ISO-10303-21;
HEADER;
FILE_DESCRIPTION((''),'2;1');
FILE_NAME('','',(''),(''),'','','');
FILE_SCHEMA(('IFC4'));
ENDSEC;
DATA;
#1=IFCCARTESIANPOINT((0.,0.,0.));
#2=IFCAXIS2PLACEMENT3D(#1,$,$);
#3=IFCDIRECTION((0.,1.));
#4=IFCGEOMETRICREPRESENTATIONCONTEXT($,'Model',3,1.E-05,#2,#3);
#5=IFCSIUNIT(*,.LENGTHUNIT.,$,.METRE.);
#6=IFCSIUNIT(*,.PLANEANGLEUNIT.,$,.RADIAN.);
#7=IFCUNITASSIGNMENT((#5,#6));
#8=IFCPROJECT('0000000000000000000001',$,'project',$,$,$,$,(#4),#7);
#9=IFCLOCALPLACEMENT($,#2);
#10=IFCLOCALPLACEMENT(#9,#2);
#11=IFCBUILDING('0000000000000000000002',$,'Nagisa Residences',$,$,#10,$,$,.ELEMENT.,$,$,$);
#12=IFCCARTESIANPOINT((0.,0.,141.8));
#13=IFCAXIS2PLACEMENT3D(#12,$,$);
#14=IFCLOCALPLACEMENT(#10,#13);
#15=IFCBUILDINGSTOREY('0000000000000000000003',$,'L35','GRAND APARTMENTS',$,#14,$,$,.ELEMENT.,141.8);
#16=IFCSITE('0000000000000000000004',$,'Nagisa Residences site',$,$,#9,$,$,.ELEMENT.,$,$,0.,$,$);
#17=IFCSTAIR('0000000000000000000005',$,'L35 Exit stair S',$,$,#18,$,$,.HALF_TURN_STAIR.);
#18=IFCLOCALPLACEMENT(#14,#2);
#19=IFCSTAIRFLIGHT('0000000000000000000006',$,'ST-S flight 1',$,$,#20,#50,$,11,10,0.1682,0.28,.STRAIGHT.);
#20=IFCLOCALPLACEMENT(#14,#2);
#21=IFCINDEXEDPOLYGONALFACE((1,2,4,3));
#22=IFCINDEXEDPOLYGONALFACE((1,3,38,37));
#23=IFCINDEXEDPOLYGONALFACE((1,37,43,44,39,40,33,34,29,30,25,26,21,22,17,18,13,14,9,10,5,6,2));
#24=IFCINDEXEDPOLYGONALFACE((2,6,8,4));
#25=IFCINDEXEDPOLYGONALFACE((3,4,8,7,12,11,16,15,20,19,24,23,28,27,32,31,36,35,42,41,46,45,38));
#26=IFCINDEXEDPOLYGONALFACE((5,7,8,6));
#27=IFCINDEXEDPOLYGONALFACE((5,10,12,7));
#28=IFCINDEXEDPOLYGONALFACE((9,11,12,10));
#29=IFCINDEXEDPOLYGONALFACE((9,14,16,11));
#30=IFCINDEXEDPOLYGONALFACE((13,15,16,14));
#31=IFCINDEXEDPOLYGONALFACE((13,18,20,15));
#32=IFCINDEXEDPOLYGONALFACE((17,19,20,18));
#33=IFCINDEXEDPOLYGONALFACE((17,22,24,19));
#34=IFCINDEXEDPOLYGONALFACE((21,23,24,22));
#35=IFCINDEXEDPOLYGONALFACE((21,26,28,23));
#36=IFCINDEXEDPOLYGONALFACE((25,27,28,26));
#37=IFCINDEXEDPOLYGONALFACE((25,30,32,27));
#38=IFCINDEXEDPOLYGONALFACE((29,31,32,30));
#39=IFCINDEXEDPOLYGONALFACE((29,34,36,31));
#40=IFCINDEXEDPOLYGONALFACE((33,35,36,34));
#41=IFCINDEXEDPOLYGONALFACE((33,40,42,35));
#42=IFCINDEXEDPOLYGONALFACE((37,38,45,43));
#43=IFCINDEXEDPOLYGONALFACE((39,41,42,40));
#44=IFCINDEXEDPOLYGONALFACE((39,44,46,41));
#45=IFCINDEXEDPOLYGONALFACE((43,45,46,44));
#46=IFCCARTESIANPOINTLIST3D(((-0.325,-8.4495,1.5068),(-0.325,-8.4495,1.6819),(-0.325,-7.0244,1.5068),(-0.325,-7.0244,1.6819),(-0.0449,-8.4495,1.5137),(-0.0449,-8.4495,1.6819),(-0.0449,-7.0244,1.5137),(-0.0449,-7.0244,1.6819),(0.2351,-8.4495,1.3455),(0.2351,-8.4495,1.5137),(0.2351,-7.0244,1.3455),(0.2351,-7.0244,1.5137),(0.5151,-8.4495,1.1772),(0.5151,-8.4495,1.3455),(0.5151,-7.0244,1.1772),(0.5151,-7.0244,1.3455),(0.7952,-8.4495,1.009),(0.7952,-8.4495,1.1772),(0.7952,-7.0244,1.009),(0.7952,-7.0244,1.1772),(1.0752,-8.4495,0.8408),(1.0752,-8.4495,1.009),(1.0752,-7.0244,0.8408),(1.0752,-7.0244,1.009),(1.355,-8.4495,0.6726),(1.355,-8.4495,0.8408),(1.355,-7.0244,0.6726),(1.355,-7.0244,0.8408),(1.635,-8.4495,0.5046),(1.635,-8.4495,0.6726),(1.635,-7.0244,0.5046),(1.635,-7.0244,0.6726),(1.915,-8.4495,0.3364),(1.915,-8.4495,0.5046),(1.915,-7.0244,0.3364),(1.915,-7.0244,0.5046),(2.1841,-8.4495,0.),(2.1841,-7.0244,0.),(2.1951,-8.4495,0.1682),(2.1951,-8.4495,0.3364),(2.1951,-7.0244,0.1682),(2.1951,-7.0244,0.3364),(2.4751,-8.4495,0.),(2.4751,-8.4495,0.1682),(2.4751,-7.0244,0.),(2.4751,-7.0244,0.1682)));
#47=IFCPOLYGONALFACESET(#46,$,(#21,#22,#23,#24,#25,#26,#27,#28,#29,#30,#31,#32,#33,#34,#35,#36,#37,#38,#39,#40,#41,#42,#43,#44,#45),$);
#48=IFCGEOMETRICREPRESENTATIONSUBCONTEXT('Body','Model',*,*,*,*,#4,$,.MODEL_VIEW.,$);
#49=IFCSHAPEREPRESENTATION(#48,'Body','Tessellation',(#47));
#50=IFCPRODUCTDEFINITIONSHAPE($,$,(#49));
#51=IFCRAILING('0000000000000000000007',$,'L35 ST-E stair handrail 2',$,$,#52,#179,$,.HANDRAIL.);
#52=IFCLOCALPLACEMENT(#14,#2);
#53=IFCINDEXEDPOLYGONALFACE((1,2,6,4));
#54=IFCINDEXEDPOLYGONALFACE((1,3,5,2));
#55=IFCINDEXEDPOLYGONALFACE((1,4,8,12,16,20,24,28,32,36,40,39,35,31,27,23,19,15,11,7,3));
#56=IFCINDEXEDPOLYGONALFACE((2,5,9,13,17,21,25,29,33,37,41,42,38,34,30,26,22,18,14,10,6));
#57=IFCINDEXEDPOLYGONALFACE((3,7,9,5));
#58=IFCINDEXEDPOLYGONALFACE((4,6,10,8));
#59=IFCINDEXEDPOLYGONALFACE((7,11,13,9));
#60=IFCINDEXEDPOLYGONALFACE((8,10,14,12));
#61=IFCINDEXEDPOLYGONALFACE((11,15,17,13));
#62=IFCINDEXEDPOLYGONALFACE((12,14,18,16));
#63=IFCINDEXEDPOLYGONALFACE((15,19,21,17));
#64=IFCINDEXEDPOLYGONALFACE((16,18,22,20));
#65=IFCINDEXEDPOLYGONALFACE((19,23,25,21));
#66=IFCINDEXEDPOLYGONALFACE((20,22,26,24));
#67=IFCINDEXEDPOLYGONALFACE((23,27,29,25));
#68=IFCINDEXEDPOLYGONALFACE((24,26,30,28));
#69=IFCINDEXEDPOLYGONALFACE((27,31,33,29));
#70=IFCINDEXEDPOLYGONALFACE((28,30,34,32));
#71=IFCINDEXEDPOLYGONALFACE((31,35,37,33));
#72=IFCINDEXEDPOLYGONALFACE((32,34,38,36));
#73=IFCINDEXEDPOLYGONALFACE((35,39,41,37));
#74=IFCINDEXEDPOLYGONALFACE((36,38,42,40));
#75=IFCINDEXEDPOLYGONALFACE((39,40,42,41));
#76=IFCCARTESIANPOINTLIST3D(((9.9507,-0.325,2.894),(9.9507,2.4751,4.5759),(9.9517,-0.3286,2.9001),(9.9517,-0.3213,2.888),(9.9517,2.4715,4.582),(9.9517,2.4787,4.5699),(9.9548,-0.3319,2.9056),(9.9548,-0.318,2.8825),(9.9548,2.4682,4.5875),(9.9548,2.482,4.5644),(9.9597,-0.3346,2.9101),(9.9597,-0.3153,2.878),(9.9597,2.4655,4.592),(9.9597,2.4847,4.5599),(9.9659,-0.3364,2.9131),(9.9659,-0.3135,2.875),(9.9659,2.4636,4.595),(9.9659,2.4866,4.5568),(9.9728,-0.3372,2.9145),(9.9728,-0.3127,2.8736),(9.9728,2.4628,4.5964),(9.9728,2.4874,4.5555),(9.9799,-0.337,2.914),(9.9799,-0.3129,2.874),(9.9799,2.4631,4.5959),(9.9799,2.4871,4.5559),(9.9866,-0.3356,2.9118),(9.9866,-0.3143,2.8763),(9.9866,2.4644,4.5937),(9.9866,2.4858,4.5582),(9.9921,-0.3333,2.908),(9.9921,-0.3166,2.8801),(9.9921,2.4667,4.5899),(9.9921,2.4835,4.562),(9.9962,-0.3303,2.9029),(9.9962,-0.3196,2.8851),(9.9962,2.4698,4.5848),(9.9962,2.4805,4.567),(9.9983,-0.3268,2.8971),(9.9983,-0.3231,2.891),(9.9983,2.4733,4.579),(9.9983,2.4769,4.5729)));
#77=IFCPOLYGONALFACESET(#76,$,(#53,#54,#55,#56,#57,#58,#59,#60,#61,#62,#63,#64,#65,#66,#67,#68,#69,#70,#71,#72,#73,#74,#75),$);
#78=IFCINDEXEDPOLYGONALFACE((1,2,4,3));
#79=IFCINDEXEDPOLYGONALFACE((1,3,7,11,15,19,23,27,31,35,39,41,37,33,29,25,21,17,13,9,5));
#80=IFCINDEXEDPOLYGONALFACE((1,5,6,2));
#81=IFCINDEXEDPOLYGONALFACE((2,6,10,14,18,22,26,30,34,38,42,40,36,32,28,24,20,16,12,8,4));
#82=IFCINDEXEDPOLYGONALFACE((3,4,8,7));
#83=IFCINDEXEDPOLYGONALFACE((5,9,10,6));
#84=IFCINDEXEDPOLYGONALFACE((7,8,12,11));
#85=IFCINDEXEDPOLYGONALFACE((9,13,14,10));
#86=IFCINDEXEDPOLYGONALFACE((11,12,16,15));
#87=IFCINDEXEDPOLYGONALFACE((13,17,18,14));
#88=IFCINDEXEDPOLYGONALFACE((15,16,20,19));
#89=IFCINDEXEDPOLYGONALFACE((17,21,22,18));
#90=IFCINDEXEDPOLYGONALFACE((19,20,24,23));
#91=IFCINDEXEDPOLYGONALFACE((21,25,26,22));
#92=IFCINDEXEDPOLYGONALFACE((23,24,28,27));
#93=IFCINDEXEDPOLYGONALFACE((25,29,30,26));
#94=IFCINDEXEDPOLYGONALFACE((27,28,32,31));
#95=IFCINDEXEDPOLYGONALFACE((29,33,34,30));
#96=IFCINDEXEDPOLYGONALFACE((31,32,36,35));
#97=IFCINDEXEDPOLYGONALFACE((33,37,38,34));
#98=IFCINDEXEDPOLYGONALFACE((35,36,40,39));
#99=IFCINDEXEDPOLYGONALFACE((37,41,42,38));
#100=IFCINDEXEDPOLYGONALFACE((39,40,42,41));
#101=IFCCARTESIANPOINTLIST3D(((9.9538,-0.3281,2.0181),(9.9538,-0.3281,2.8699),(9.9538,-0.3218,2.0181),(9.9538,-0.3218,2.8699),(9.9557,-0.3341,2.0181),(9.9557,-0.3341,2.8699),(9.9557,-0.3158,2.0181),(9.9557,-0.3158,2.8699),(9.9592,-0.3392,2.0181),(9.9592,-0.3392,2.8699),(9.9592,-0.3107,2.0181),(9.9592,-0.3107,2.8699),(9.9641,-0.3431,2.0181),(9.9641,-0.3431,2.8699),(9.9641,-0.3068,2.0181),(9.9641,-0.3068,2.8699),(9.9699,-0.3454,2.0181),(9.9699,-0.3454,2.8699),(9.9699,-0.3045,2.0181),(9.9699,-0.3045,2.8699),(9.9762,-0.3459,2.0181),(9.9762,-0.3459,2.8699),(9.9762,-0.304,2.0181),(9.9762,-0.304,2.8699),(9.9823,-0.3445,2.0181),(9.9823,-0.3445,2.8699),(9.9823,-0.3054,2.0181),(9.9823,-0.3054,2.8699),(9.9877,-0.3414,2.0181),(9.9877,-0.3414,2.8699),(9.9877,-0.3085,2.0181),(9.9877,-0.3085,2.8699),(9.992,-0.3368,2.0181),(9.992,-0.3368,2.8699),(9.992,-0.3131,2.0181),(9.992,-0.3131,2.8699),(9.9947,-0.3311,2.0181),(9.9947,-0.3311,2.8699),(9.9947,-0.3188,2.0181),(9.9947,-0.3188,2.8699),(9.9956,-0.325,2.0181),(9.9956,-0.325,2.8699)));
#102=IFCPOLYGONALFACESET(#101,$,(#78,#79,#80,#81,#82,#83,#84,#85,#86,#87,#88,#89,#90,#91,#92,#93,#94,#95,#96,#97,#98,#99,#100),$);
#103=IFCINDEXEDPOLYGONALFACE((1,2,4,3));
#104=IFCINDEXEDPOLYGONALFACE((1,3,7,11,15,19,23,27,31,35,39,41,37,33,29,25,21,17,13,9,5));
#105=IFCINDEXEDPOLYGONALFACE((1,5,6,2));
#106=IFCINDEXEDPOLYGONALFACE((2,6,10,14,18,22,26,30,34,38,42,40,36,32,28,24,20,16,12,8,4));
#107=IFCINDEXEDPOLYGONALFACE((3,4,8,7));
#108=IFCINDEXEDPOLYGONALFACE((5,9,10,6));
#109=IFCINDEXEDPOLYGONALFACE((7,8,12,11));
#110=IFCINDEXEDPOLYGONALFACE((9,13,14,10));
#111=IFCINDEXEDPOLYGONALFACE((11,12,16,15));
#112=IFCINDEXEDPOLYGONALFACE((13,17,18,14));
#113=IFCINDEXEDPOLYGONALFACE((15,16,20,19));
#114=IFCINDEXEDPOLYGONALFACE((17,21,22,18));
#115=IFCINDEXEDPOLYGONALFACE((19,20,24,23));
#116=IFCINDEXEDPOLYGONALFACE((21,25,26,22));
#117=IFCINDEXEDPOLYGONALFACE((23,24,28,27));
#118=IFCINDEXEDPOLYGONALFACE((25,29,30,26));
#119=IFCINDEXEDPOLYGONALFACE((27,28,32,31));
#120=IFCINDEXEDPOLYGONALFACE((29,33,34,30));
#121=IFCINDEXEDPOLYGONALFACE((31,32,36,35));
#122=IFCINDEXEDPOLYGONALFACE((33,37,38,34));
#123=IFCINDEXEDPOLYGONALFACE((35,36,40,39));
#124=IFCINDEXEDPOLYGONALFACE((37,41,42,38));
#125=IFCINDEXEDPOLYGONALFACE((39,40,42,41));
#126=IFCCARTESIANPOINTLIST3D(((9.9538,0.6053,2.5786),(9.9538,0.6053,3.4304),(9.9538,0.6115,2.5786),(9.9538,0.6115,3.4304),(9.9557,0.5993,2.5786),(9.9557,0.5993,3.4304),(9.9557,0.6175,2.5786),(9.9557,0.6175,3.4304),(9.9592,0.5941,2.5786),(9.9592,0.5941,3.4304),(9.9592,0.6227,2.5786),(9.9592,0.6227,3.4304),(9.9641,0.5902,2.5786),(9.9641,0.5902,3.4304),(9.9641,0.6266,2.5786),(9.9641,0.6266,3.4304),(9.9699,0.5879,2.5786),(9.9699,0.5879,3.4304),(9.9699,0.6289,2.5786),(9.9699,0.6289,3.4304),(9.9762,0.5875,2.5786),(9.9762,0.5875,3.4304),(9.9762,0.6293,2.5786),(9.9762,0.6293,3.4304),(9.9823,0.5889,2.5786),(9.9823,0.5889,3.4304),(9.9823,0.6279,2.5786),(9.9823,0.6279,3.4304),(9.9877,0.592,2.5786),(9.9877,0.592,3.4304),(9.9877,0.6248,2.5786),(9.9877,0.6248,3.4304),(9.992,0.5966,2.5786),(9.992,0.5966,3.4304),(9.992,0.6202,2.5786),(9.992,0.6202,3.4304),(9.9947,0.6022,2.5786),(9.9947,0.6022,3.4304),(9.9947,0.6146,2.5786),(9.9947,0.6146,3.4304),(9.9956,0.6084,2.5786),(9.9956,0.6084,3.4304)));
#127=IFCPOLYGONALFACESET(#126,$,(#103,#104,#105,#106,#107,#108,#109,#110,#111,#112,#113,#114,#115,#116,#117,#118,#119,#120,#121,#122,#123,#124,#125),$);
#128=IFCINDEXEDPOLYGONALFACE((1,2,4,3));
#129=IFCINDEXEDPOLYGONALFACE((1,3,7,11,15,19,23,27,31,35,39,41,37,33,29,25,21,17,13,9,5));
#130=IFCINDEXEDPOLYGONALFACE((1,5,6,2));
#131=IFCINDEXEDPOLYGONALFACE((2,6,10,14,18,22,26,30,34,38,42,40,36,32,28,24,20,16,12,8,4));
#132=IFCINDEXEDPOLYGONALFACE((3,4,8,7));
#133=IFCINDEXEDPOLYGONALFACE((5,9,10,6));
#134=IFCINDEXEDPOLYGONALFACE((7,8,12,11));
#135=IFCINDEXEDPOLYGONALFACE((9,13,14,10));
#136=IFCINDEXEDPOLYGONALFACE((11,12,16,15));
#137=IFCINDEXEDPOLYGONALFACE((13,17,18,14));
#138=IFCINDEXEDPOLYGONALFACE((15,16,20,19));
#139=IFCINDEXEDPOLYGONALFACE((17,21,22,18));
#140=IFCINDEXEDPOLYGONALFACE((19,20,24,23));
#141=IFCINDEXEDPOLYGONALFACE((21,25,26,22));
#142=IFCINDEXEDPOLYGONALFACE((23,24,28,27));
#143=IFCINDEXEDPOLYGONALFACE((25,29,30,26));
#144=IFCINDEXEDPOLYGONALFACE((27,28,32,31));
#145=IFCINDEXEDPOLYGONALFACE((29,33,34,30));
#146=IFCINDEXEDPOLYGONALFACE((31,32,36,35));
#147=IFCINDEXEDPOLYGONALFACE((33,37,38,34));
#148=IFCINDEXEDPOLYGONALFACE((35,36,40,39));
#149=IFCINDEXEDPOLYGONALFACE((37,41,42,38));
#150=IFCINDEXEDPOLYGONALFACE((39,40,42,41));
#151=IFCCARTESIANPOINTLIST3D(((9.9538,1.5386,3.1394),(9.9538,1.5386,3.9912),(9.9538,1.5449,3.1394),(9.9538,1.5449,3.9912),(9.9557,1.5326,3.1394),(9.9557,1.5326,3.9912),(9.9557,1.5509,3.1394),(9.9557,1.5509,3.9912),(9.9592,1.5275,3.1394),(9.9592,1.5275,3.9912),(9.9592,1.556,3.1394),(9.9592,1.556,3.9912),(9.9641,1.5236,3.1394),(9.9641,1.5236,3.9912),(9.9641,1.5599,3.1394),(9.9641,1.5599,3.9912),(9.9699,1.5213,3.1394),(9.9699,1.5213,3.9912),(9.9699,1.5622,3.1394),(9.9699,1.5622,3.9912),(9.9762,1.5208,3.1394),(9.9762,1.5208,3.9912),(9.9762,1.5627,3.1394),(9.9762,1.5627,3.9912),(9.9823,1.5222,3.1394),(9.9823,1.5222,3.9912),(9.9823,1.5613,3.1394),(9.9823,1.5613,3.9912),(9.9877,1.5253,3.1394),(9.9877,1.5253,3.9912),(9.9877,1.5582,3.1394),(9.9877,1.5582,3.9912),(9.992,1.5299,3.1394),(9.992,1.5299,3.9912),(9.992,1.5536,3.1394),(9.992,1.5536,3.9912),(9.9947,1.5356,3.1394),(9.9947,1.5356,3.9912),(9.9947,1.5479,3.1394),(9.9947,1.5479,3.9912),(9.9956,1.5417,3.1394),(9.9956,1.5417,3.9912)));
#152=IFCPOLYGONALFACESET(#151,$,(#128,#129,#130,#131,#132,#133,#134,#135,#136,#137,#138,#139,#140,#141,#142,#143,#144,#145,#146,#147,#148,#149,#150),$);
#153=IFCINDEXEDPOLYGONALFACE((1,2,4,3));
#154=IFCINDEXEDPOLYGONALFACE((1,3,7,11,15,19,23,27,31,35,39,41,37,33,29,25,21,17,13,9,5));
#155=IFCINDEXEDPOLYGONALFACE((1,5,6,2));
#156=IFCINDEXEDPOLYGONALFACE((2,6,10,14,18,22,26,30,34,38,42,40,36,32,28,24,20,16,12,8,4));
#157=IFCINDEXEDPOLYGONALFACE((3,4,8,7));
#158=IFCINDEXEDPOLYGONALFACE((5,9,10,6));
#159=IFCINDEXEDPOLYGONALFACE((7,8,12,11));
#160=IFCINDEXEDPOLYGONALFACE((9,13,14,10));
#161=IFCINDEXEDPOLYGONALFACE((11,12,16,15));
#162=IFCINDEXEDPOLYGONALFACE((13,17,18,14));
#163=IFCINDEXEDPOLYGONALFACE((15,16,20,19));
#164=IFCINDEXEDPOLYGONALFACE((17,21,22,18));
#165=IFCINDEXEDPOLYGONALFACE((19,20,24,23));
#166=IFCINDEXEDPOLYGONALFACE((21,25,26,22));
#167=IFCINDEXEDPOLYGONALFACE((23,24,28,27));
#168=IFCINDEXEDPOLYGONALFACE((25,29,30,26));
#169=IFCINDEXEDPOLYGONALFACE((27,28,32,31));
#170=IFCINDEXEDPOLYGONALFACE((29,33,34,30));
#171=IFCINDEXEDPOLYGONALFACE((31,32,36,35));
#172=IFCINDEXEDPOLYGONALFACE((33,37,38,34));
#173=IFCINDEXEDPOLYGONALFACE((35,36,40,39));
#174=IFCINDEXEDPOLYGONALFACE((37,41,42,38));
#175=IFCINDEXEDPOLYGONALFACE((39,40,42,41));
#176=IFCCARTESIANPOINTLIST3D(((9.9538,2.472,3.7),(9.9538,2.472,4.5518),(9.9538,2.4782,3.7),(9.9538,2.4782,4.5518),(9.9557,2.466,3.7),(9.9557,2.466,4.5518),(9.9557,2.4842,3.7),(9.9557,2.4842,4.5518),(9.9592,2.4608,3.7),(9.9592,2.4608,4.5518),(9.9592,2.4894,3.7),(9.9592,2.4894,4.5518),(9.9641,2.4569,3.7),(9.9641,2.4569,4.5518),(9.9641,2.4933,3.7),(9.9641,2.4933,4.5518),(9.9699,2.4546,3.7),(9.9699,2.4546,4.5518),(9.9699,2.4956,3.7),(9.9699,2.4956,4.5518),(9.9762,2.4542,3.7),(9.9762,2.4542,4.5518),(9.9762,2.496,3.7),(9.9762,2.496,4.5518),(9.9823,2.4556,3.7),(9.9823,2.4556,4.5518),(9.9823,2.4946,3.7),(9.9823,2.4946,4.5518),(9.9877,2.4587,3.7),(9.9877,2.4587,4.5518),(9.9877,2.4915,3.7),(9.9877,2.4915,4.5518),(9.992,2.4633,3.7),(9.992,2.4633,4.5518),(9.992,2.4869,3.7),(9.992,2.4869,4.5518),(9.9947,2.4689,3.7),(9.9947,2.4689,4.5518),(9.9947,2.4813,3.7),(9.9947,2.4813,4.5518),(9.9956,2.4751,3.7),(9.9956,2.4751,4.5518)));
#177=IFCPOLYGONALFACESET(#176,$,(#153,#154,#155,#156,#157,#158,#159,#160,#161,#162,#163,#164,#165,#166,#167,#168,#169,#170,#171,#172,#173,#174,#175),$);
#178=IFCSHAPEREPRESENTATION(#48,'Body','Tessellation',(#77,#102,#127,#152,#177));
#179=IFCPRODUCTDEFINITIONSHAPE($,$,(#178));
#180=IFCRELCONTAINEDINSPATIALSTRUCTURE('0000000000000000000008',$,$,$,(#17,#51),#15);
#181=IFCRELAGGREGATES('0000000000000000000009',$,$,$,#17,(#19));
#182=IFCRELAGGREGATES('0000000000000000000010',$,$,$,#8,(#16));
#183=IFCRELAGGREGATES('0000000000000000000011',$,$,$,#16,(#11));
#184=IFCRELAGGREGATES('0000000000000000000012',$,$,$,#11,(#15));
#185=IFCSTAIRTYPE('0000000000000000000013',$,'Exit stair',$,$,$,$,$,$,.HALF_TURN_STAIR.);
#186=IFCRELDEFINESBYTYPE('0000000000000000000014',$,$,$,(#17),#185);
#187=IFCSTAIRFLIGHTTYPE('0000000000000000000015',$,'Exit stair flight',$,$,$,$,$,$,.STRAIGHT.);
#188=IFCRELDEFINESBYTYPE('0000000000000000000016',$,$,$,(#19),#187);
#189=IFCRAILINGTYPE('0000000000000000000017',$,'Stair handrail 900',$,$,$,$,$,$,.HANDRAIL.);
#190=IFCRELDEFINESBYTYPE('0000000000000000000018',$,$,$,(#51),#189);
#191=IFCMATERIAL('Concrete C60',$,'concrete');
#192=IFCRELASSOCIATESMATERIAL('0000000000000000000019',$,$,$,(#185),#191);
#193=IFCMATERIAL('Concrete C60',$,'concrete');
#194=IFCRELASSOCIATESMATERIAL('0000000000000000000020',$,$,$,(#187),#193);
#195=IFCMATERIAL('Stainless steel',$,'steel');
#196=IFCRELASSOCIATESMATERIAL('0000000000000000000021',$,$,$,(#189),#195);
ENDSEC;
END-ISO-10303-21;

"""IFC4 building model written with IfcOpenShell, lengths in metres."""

from ifc_helpers import new_model, si_unit, direction, frame, origin, origin_2d, place, context, subcontext, project, spatial, polyline, circle, outline, extrude, material, type_object, element, aggregate, save


model = new_model("IFC4")

# Units and contexts
model_context = context("Model", 3, precision=1e-05, world=origin(), true_north=direction((0.0, 1.0)))
body_context = subcontext(model_context, "Body", "Model", "MODEL_VIEW")
ifc_project = project(units=[si_unit("LENGTHUNIT", "METRE"), si_unit("PLANEANGLEUNIT", "RADIAN")], contexts=[model_context])

# Site, building, storey
site_placement = place(None, origin())
site = spatial("IfcSite", under=ifc_project, at=site_placement, Name="Nagisa Residences site", CompositionType="ELEMENT", RefElevation=0.0)
building_placement = place(site_placement, origin())
building = spatial("IfcBuilding", under=site, at=building_placement, Name="Nagisa Residences", CompositionType="ELEMENT")
storey_placement = place(building_placement, frame((0.0, 0.0, 141.8)))
storey = spatial("IfcBuildingStorey", under=building, at=storey_placement, Name="L35", Description="GRAND APARTMENTS", CompositionType="ELEMENT", Elevation=141.8)

# Stair, stair flight
ifc_material_1 = material(Name="Concrete C60", Category="concrete")
stair_type = type_object("IfcStairType", Name="Exit stair", PredefinedType="HALF_TURN_STAIR", material=ifc_material_1)
ifc_material_2 = material(Name="Concrete C60", Category="concrete")
stair_flight_type = type_object("IfcStairFlightType", Name="Exit stair flight", PredefinedType="STRAIGHT", material=ifc_material_2)
stair_1_placement = place(storey_placement, origin())
stair_1 = element("IfcStair", 1, at=stair_1_placement, inside=storey, type_object=stair_type, Name="L35 Exit stair S", PredefinedType="HALF_TURN_STAIR")
stair_flight_1_placement = place(storey_placement, frame((2.4751, -7.7371, 0.0), z_axis=(0.0, 0.0, 1.0), x_axis=(-1.0, 0.0, 0.0)))
stair_flight_1 = element("IfcStairFlight", 2, at=stair_flight_1_placement, type_object=stair_flight_type, Name="ST-S flight 1", NumberOfRisers=11, NumberOfTreads=10, PredefinedType="STRAIGHT", RiserHeight=0.1682, TreadLength=0.28, context=body_context, shape_type="SweptSolid", body=[
    extrude(outline(polyline([(0.0, 0.0), (0.0, 0.1682), (0.28, 0.1682), (0.28, 0.3364), (0.5601, 0.3364), (0.5601, 0.5046), (0.8401, 0.5046), (0.8401, 0.6726), (1.1201, 0.6726), (1.1201, 0.8408), (1.3999, 0.8408), (1.3999, 1.009), (1.6799, 1.009), (1.6799, 1.1772), (1.96, 1.1772), (1.96, 1.3455), (2.24, 1.3455), (2.24, 1.5137), (2.52, 1.5137), (2.52, 1.6819), (2.8, 1.6819), (2.8, 1.8501), (2.8, 1.5068), (0.291, 0.0), (0.0, 0.0)])), frame((0.0, 0.7124, 0.0), z_axis=(0.0, -1.0, 0.0), x_axis=(1.0, 0.0, 0.0)), (0.0, 0.0, 1.0), 1.425),
])
aggregate(stair_1, [stair_flight_1])

# Railing
ifc_material_3 = material(Name="Stainless steel", Category="steel")
railing_type_1 = type_object("IfcRailingType", Name="Stair handrail 900", PredefinedType="HANDRAIL", material=ifc_material_3)
railing_1_placement = place(storey_placement, frame((9.9746, -0.325, 2.0181)))
element("IfcRailing", 3, at=railing_1_placement, inside=storey, type_object=railing_type_1, Name="L35 ST-E stair handrail 2", PredefinedType="HANDRAIL", context=body_context, shape_type="SweptSolid", body=[
    extrude(circle(Radius=0.0239, at=origin_2d()), frame((0.0, 0.0, 0.876), z_axis=(0.0, 0.857242, 0.514913), x_axis=(-1.0, 0.0, 0.0)), (0.0, 0.0, 1.0), 3.2664),
    extrude(circle(Radius=0.021, at=origin_2d()), origin(), (0.0, 0.0, 1.0), 0.8518),
    extrude(circle(Radius=0.021, at=origin_2d()), frame((0.0, 0.9333, 0.5605)), (0.0, 0.0, 1.0), 0.8518),
    extrude(circle(Radius=0.021, at=origin_2d()), frame((0.0, 1.8667, 1.1213)), (0.0, 0.0, 1.0), 0.8518),
    extrude(circle(Radius=0.021, at=origin_2d()), frame((0.0, 2.8, 1.6819)), (0.0, 0.0, 1.0), 0.8518),
])

save(model, "model.ifc")
